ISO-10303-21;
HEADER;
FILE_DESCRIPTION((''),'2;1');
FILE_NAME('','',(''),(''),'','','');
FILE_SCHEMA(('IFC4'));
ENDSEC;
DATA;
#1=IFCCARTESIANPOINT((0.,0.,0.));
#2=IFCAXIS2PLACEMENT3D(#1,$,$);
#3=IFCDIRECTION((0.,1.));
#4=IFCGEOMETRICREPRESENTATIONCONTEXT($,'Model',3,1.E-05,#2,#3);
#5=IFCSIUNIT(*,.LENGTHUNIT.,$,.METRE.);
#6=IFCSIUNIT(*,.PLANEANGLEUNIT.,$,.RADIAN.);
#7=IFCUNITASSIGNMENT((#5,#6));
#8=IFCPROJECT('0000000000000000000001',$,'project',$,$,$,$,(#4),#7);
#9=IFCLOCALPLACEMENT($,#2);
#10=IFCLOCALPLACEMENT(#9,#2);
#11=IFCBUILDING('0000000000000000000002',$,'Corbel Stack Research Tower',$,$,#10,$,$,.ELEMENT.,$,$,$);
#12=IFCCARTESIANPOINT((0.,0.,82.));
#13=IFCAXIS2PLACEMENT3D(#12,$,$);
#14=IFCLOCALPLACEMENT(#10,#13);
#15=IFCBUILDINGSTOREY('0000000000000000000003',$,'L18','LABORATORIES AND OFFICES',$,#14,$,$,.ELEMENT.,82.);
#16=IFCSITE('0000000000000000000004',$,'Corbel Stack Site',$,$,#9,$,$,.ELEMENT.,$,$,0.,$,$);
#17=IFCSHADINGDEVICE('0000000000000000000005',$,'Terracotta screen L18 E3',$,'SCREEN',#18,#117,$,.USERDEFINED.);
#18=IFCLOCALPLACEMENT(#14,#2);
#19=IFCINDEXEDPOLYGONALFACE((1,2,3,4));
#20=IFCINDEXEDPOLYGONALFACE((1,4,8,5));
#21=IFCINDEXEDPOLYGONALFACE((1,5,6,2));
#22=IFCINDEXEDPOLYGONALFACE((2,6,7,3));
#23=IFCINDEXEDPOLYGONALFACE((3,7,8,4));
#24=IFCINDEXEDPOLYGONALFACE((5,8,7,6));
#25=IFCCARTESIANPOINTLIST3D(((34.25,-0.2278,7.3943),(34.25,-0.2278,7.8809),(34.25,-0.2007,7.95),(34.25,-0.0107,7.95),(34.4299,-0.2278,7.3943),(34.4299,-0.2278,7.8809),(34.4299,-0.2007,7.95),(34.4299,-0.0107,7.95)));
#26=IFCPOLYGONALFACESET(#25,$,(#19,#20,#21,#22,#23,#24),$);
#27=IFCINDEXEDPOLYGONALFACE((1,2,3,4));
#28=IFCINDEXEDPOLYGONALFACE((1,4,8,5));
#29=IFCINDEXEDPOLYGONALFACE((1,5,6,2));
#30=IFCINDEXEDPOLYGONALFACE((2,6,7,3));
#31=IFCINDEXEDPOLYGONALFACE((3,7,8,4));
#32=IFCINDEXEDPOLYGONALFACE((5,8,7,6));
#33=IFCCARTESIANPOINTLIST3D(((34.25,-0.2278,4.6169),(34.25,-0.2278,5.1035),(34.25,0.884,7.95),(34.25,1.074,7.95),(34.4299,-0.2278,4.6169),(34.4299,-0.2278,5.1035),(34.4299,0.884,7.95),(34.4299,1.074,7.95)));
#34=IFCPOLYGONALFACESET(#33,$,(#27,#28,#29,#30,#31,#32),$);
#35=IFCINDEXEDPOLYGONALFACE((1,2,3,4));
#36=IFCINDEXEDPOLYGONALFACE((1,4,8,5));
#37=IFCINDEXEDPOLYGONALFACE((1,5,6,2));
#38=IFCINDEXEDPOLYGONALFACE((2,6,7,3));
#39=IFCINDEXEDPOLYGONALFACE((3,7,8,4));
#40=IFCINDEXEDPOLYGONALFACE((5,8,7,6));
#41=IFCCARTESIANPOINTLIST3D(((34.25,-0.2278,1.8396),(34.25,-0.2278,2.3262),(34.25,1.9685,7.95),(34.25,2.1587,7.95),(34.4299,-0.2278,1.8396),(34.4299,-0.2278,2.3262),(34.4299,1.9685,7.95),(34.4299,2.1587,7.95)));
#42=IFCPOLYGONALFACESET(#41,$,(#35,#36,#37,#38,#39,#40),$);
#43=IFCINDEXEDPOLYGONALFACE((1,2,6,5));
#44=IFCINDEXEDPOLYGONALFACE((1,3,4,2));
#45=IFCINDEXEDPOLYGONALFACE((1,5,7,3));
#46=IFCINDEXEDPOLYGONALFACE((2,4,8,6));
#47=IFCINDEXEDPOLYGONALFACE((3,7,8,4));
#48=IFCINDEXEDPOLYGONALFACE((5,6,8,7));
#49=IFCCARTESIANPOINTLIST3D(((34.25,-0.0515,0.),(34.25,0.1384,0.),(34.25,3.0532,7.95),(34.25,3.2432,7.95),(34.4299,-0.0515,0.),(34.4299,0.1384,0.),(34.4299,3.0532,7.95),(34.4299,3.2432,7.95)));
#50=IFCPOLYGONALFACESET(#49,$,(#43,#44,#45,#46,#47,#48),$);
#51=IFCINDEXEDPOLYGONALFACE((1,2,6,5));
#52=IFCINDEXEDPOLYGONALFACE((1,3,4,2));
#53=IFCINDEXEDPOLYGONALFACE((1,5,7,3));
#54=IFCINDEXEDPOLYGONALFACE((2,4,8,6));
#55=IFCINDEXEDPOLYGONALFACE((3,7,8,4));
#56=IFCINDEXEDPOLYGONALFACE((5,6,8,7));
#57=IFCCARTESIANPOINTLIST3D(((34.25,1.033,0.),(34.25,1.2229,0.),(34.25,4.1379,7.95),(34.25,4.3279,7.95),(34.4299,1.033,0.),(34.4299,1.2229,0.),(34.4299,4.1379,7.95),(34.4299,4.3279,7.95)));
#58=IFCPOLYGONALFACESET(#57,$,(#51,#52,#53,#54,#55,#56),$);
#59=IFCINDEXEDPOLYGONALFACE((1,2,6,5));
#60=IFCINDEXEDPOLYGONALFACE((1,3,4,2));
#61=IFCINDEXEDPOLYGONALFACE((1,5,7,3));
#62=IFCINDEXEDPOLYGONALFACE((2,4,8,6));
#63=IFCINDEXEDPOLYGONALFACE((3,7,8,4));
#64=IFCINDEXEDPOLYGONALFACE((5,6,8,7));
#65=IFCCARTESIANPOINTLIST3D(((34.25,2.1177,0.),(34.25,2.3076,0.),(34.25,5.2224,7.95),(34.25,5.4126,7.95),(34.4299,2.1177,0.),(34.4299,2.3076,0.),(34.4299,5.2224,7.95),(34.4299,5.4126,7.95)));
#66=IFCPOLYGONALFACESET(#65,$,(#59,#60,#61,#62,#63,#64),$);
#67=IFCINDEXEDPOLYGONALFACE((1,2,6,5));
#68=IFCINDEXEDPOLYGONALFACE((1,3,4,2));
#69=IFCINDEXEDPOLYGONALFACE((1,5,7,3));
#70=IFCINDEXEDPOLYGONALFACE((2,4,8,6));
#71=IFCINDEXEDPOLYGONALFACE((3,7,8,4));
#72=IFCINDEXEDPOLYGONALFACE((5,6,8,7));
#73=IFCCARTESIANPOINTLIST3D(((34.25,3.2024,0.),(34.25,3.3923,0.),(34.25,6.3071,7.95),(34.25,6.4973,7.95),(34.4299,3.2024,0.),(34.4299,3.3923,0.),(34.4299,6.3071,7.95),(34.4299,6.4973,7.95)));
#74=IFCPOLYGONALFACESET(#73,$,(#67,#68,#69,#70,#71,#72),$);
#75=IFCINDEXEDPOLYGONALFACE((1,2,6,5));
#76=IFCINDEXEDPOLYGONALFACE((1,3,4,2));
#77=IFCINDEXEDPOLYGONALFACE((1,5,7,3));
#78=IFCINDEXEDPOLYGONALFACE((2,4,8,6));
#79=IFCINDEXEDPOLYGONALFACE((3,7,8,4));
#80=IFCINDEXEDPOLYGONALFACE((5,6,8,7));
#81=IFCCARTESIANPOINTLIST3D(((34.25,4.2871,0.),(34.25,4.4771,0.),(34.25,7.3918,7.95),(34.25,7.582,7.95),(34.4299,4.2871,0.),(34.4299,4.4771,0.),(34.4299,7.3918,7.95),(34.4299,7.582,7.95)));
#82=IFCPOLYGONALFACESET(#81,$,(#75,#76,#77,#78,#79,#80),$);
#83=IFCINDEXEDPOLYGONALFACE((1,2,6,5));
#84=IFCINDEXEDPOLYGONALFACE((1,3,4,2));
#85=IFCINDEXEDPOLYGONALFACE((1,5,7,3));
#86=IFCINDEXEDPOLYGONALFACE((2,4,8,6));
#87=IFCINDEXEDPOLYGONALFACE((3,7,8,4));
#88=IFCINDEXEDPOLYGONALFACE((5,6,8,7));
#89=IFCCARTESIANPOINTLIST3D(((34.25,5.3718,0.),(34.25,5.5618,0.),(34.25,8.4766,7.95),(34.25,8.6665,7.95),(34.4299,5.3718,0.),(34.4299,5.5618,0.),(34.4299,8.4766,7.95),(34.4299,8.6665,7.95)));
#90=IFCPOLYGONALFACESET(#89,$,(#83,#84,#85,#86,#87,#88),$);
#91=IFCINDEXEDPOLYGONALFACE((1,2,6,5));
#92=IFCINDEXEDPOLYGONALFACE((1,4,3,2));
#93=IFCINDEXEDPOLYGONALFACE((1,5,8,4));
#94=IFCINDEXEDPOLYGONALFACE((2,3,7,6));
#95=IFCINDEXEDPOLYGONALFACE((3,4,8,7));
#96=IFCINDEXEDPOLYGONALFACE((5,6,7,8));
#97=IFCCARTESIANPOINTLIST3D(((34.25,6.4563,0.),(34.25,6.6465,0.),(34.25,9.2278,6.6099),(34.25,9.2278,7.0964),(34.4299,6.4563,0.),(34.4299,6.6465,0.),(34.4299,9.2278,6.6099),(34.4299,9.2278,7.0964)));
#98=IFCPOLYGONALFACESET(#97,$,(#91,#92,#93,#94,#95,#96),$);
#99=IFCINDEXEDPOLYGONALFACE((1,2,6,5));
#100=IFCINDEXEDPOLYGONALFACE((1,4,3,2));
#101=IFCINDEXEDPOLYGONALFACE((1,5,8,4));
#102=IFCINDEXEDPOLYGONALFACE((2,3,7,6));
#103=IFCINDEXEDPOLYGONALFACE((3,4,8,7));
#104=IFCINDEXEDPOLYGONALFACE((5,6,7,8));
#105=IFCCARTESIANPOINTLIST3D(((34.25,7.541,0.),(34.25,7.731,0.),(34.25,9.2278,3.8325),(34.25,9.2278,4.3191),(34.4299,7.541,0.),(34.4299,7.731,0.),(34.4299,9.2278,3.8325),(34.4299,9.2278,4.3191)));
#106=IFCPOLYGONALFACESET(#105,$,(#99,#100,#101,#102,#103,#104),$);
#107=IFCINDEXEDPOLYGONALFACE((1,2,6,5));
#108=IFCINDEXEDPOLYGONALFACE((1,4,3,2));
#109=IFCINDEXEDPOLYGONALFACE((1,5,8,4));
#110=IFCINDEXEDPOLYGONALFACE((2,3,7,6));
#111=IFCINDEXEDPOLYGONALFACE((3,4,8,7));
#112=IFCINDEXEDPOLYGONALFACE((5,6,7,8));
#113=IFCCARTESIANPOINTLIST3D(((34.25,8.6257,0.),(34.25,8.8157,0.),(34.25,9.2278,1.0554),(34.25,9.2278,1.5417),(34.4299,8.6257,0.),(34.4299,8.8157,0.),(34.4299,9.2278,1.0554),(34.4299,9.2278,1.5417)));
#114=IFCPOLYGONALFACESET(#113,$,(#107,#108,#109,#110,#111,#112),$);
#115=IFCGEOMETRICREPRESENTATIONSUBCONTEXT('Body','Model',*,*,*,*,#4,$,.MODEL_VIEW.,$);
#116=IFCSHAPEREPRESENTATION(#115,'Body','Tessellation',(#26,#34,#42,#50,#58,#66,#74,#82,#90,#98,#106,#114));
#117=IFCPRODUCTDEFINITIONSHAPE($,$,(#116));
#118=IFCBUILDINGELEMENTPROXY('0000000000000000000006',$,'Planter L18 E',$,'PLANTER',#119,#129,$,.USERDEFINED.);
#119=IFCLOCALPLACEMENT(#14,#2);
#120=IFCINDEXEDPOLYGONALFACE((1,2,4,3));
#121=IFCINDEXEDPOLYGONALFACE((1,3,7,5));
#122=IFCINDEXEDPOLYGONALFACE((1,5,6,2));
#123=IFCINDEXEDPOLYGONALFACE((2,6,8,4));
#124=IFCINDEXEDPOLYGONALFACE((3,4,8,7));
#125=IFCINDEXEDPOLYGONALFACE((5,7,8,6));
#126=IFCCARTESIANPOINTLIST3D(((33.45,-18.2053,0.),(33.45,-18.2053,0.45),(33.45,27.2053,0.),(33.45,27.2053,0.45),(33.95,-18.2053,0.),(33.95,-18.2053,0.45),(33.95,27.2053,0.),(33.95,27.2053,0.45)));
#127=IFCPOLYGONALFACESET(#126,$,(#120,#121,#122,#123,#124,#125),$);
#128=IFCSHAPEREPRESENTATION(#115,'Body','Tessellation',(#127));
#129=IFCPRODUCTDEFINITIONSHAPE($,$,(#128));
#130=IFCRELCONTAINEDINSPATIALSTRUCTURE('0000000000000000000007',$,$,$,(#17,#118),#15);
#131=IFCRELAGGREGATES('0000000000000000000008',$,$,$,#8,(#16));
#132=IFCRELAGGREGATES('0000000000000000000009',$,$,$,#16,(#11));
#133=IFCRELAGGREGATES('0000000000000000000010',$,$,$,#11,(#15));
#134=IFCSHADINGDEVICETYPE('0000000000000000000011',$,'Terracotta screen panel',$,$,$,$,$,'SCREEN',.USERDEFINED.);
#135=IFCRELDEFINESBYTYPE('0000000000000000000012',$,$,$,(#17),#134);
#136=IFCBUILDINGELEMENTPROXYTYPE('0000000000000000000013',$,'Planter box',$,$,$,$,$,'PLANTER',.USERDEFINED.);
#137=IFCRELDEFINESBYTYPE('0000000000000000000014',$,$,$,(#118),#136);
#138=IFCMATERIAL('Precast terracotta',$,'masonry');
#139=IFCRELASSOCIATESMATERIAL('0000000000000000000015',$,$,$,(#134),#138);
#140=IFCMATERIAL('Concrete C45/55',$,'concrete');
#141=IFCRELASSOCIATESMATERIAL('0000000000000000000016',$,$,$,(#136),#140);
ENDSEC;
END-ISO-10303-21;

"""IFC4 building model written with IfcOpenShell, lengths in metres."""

from ifc_helpers import new_model, si_unit, direction, frame, origin, origin_2d, place, context, subcontext, project, spatial, polyline, rectangle, outline, extrude, source, transform, mapped, material, type_object, element, save


model = new_model("IFC4")

# Units and contexts
model_context = context("Model", 3, precision=1e-05, world=origin(), true_north=direction((0.0, 1.0)))
body_context = subcontext(model_context, "Body", "Model", "MODEL_VIEW")
ifc_project = project(units=[si_unit("LENGTHUNIT", "METRE"), si_unit("PLANEANGLEUNIT", "RADIAN")], contexts=[model_context])

# Site, building, storey
site_placement = place(None, origin())
site = spatial("IfcSite", under=ifc_project, at=site_placement, Name="Corbel Stack Site", CompositionType="ELEMENT", RefElevation=0.0)
building_placement = place(site_placement, origin())
building = spatial("IfcBuilding", under=site, at=building_placement, Name="Corbel Stack Research Tower", CompositionType="ELEMENT")
storey_placement = place(building_placement, frame((0.0, 0.0, 82.0)))
storey = spatial("IfcBuildingStorey", under=building, at=storey_placement, Name="L18", Description="LABORATORIES AND OFFICES", CompositionType="ELEMENT", Elevation=82.0)

# Shading device
ifc_material_1 = material(Name="Precast terracotta", Category="masonry")
shading_device_type = type_object("IfcShadingDeviceType", Name="Terracotta screen panel", ElementType="SCREEN", PredefinedType="USERDEFINED", material=ifc_material_1)
shared_shape = source(origin(), body_context, "Body", "SweptSolid", [
    extrude(outline(polyline([(0.217, 7.95), (0.0271, 7.95), (0.0, 7.8809), (0.0, 7.3943), (0.217, 7.95)])), frame((0.0, 0.0, 0.0), z_axis=(0.0, -1.0, 0.0), x_axis=(1.0, 0.0, 0.0)), (0.0, 0.0, 1.0), 0.1799),
    extrude(outline(polyline([(1.3018, 7.95), (1.1118, 7.95), (0.0, 5.1035), (0.0, 4.6169), (1.3018, 7.95)])), frame((0.0, 0.0, 0.0), z_axis=(0.0, -1.0, 0.0), x_axis=(1.0, 0.0, 0.0)), (0.0, 0.0, 1.0), 0.1799),
    extrude(outline(polyline([(2.3865, 7.95), (2.1963, 7.95), (0.0, 2.3262), (0.0, 1.8396), (2.3865, 7.95)])), frame((0.0, 0.0, 0.0), z_axis=(0.0, -1.0, 0.0), x_axis=(1.0, 0.0, 0.0)), (0.0, 0.0, 1.0), 0.1799),
    extrude(outline(polyline([(0.3662, 0.0), (3.4709, 7.95), (3.281, 7.95), (0.1763, 0.0), (0.3662, 0.0)])), frame((0.0, 0.0, 0.0), z_axis=(0.0, -1.0, 0.0), x_axis=(1.0, 0.0, 0.0)), (0.0, 0.0, 1.0), 0.1799),
    extrude(outline(polyline([(1.4507, 0.0), (4.5557, 7.95), (4.3657, 7.95), (1.2607, 0.0), (1.4507, 0.0)])), frame((0.0, 0.0, 0.0), z_axis=(0.0, -1.0, 0.0), x_axis=(1.0, 0.0, 0.0)), (0.0, 0.0, 1.0), 0.1799),
    extrude(outline(polyline([(2.5354, 0.0), (5.6404, 7.95), (5.4502, 7.95), (2.3455, 0.0), (2.5354, 0.0)])), frame((0.0, 0.0, 0.0), z_axis=(0.0, -1.0, 0.0), x_axis=(1.0, 0.0, 0.0)), (0.0, 0.0, 1.0), 0.1799),
    extrude(outline(polyline([(3.6201, 0.0), (6.7251, 7.95), (6.5349, 7.95), (3.4302, 0.0), (3.6201, 0.0)])), frame((0.0, 0.0, 0.0), z_axis=(0.0, -1.0, 0.0), x_axis=(1.0, 0.0, 0.0)), (0.0, 0.0, 1.0), 0.1799),
    extrude(outline(polyline([(4.7048, 0.0), (7.8098, 7.95), (7.6196, 7.95), (4.5149, 0.0), (4.7048, 0.0)])), frame((0.0, 0.0, 0.0), z_axis=(0.0, -1.0, 0.0), x_axis=(1.0, 0.0, 0.0)), (0.0, 0.0, 1.0), 0.1799),
    extrude(outline(polyline([(5.7896, 0.0), (8.8943, 7.95), (8.7043, 7.95), (5.5996, 0.0), (5.7896, 0.0)])), frame((0.0, 0.0, 0.0), z_axis=(0.0, -1.0, 0.0), x_axis=(1.0, 0.0, 0.0)), (0.0, 0.0, 1.0), 0.1799),
    extrude(outline(polyline([(6.8743, 0.0), (9.4556, 6.6099), (9.4556, 7.0964), (6.6841, 0.0), (6.8743, 0.0)])), frame((0.0, 0.0, 0.0), z_axis=(0.0, -1.0, 0.0), x_axis=(1.0, 0.0, 0.0)), (0.0, 0.0, 1.0), 0.1799),
    extrude(outline(polyline([(7.9587, 0.0), (9.4556, 3.8325), (9.4556, 4.3191), (7.7688, 0.0), (7.9587, 0.0)])), frame((0.0, 0.0, 0.0), z_axis=(0.0, -1.0, 0.0), x_axis=(1.0, 0.0, 0.0)), (0.0, 0.0, 1.0), 0.1799),
    extrude(outline(polyline([(9.0435, 0.0), (9.4556, 1.0554), (9.4556, 1.5417), (8.8535, 0.0), (9.0435, 0.0)])), frame((0.0, 0.0, 0.0), z_axis=(0.0, -1.0, 0.0), x_axis=(1.0, 0.0, 0.0)), (0.0, 0.0, 1.0), 0.1799),
])
shading_device_placement = place(storey_placement, frame((34.25, -0.2278, 0.0), z_axis=(0.0, 0.0, 1.0), x_axis=(0.0, 1.0, 0.0)))
element("IfcShadingDevice", 1, at=shading_device_placement, inside=storey, type_object=shading_device_type, Name="Terracotta screen L18 E3", ObjectType="SCREEN", PredefinedType="USERDEFINED", context=body_context, shape_type="MappedRepresentation", body=[
    mapped(shared_shape, transform((0.0, 0.0, 0.0))),
])

# Building element proxy
ifc_material_2 = material(Name="Concrete C45/55", Category="concrete")
building_element_proxy_type = type_object("IfcBuildingElementProxyType", Name="Planter box", ElementType="PLANTER", PredefinedType="USERDEFINED", material=ifc_material_2)
proxy_placement = place(storey_placement, frame((33.7, 4.5, 0.0), z_axis=(0.0, 0.0, 1.0), x_axis=(0.0, 1.0, 0.0)))
element("IfcBuildingElementProxy", 2, at=proxy_placement, inside=storey, type_object=building_element_proxy_type, Name="Planter L18 E", ObjectType="PLANTER", PredefinedType="USERDEFINED", context=body_context, shape_type="SweptSolid", body=[
    extrude(rectangle(XDim=45.4106, YDim=0.5, at=origin_2d()), origin(), (0.0, 0.0, 1.0), 0.45),
])

save(model, "model.ifc")
